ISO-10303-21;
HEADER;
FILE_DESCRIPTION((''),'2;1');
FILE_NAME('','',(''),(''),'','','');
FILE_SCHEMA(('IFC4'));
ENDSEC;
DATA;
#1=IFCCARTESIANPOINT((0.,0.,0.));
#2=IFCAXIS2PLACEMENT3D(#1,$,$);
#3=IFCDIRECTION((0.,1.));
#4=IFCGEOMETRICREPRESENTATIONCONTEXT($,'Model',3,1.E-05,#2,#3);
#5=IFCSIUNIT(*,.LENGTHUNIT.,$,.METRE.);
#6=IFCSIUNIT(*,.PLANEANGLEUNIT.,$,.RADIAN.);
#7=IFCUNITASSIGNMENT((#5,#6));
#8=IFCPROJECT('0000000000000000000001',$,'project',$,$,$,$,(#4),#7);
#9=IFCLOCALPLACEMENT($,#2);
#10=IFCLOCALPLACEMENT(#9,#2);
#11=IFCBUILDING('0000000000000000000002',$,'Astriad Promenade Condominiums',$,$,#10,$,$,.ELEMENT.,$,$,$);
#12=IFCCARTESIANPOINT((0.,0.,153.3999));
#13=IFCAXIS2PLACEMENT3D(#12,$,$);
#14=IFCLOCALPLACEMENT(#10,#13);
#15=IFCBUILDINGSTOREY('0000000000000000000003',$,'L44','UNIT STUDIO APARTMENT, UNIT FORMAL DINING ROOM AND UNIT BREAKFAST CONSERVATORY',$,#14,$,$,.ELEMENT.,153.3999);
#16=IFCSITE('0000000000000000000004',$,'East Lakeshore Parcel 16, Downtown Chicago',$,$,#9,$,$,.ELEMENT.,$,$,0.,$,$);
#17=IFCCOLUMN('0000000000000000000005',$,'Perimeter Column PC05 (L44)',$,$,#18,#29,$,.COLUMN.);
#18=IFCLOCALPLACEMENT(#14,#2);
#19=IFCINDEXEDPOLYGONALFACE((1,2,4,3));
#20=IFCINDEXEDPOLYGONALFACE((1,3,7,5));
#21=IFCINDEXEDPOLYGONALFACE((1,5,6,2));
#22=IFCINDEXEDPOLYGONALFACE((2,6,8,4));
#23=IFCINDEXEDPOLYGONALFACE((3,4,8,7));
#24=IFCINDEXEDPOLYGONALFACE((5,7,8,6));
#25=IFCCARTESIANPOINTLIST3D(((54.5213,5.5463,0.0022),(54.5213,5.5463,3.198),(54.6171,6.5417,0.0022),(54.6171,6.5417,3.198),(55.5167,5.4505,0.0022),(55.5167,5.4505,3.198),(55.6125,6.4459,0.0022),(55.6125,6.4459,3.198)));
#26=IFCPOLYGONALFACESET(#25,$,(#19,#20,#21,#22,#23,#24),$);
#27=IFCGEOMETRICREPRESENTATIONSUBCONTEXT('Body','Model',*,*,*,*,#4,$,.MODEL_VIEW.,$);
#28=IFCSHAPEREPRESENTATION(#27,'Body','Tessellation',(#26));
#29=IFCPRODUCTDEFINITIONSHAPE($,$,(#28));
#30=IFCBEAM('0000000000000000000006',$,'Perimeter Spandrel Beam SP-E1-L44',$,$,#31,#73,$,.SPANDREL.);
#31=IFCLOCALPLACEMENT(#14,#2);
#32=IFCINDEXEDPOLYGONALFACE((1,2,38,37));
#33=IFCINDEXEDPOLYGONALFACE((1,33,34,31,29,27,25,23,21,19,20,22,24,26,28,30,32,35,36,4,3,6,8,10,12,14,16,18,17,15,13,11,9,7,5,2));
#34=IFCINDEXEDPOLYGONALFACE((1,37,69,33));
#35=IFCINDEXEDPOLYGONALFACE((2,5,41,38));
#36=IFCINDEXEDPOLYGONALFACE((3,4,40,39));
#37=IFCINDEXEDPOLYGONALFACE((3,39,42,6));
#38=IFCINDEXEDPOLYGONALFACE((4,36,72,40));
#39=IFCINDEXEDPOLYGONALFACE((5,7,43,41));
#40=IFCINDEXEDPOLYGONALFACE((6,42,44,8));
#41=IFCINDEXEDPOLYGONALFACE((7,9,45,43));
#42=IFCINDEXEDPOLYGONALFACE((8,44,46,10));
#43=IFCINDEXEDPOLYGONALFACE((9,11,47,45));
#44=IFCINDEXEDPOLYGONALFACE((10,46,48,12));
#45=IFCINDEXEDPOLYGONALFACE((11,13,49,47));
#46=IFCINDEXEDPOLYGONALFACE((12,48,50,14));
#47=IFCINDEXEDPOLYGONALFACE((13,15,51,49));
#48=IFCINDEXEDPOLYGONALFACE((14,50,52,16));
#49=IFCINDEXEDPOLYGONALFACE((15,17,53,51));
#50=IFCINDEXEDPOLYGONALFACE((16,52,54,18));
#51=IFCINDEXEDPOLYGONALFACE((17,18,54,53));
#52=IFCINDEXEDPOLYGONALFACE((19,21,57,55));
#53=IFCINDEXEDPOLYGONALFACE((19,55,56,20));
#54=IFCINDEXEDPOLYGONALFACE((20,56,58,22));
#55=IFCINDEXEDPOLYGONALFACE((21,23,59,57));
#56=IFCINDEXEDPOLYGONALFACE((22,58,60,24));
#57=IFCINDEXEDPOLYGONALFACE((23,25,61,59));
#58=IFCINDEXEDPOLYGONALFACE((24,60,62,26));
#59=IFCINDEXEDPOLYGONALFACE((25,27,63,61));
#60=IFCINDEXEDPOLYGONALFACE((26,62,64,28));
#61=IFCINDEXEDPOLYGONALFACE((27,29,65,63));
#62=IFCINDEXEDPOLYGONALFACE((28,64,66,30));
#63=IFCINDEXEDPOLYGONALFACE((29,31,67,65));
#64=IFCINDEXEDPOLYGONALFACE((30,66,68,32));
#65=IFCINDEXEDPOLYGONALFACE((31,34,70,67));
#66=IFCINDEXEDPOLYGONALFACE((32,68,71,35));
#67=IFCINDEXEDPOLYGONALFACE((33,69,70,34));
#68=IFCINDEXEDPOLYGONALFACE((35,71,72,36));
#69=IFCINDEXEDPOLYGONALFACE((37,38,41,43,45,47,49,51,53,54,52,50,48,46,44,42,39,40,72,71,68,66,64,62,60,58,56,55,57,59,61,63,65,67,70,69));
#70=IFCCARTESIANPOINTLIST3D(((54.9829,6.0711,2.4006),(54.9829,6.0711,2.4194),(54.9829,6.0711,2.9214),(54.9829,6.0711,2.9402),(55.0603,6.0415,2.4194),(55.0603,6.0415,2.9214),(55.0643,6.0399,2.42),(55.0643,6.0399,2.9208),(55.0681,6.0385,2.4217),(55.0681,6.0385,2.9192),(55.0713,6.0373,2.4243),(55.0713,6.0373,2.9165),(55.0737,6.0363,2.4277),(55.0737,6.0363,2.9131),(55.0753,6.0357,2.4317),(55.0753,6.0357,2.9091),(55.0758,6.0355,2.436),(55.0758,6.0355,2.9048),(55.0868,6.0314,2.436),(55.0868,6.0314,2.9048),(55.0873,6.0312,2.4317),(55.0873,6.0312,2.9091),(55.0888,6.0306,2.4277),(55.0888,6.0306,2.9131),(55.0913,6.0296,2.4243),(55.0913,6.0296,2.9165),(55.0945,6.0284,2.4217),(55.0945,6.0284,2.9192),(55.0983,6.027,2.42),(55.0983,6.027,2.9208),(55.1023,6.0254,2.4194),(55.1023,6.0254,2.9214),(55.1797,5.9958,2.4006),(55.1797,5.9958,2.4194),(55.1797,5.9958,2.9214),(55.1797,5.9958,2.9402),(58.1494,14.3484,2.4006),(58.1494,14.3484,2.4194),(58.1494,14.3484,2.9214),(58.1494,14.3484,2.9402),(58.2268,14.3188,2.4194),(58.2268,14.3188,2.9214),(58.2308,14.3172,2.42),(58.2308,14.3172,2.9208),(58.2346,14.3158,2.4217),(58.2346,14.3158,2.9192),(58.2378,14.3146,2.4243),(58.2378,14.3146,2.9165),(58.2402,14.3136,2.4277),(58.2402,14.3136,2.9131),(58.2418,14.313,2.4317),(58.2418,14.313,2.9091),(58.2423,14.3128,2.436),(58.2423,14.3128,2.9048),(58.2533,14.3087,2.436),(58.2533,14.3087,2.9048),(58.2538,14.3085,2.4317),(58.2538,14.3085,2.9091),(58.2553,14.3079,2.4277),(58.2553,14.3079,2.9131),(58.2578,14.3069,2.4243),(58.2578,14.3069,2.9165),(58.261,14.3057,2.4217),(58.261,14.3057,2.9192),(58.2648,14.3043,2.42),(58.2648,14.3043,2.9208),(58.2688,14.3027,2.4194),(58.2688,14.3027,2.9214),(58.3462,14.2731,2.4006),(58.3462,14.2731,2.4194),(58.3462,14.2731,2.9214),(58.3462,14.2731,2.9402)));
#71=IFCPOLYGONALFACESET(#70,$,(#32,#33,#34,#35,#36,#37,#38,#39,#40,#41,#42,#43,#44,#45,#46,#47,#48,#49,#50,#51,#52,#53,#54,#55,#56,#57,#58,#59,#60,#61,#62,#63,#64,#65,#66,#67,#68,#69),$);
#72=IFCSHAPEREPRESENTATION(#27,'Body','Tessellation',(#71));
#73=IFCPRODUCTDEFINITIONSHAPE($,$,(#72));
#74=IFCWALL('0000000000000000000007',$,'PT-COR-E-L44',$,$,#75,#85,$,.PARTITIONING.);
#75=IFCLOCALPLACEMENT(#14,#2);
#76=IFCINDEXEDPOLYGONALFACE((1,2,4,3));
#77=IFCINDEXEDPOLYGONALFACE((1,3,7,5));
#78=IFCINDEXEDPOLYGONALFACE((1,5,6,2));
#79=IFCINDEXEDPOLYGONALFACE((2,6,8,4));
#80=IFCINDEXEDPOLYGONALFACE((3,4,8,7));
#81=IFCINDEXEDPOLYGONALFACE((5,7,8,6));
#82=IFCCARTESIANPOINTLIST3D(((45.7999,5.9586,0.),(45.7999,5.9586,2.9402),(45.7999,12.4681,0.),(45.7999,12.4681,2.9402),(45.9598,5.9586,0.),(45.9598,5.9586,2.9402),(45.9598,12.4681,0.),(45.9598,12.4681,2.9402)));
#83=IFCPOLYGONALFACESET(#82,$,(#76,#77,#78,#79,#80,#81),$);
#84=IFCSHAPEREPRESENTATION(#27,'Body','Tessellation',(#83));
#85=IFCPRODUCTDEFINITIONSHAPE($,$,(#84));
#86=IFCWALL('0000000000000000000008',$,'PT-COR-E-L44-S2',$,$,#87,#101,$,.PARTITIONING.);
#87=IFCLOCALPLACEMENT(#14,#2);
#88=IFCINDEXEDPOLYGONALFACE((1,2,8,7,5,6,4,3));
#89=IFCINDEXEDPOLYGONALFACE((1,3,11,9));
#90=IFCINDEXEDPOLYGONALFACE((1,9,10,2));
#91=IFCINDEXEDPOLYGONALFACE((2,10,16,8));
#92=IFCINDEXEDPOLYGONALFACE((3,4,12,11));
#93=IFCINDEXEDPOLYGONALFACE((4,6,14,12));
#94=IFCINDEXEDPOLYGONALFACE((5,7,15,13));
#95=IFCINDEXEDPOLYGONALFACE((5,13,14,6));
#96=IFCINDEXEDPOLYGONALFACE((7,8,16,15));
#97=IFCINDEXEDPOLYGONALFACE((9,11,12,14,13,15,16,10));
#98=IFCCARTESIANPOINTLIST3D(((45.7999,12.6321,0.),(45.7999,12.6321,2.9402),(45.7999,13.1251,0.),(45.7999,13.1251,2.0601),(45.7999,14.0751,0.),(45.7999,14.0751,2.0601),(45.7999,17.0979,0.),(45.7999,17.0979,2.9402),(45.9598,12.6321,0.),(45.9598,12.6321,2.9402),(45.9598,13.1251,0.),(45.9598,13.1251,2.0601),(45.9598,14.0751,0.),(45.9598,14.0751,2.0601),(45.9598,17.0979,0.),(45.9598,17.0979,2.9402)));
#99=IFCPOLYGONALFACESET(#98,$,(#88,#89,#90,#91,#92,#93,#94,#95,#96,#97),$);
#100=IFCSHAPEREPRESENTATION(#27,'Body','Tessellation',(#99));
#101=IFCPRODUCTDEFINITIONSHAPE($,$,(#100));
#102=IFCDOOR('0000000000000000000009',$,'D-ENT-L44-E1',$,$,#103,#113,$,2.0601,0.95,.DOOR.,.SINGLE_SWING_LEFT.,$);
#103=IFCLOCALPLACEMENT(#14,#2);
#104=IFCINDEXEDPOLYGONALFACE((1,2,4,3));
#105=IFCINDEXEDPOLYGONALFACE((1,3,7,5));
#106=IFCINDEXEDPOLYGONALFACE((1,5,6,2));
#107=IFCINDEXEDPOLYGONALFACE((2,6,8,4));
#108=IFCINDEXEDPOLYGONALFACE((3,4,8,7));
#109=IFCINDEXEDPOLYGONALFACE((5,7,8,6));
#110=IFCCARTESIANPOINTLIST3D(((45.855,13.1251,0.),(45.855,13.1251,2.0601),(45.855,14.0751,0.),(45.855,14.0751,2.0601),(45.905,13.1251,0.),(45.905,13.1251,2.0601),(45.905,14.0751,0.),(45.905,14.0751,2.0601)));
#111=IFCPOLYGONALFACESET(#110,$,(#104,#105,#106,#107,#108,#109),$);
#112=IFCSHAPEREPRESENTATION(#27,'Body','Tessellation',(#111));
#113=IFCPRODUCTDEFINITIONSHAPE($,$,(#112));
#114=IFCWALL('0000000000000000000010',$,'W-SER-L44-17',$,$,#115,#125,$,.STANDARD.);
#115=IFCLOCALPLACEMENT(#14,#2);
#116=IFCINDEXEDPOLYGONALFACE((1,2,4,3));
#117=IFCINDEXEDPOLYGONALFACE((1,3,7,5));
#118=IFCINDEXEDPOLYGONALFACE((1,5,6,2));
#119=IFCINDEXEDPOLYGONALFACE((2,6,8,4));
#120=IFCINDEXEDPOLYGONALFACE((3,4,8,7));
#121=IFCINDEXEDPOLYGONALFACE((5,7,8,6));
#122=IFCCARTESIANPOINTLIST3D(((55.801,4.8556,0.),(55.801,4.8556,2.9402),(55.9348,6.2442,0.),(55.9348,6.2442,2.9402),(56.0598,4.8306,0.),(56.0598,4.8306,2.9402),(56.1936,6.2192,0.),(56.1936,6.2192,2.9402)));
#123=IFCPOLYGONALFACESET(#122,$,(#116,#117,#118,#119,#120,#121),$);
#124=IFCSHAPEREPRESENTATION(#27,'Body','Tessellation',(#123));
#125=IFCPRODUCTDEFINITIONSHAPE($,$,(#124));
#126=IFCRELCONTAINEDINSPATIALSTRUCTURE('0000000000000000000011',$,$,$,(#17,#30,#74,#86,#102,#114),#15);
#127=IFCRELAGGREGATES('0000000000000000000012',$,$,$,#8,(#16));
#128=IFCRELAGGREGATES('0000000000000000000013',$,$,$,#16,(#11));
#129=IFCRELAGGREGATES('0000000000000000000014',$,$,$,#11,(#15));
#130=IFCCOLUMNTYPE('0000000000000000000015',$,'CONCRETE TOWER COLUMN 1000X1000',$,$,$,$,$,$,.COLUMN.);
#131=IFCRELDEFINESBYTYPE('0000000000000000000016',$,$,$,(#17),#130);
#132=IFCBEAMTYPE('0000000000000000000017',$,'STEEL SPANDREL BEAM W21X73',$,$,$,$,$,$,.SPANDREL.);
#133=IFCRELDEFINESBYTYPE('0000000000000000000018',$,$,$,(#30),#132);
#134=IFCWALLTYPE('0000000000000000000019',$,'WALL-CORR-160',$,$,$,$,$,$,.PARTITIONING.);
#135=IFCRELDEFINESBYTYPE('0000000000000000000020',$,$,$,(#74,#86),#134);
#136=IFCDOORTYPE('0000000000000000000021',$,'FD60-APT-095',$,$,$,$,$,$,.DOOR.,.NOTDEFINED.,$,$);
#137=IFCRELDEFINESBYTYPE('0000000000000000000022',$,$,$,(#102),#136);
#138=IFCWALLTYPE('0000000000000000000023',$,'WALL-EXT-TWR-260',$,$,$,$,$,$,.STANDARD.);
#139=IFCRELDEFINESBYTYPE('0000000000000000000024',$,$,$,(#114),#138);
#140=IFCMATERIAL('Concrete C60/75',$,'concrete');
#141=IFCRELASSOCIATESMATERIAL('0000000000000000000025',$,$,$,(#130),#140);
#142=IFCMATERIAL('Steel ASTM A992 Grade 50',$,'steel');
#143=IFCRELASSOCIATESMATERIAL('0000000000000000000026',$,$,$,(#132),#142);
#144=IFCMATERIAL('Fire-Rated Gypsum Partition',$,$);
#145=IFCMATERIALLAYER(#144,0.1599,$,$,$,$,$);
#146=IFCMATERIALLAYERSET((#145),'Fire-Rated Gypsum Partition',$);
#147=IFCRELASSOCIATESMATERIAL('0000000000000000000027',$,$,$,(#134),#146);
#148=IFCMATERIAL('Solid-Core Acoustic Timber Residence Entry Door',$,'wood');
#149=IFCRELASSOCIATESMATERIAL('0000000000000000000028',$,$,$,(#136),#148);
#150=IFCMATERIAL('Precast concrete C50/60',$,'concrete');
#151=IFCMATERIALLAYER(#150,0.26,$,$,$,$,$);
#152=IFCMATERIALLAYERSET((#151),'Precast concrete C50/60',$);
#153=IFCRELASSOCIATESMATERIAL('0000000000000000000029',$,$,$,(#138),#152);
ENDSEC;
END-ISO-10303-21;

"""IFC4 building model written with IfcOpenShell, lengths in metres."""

from ifc_helpers import new_model, si_unit, direction, frame, frame_2d, origin, origin_2d, place, context, subcontext, project, spatial, rectangle, i_section, extrude, source, transform, mapped, material, layer, layer_set, material_profile, profile_set, type_object, type_shapes, element, fill, save


model = new_model("IFC4")

# Units and contexts
model_context = context("Model", 3, precision=1e-05, world=origin(), true_north=direction((0.0, 1.0)))
body_context = subcontext(model_context, "Body", "Model", "MODEL_VIEW")
ifc_project = project(units=[si_unit("LENGTHUNIT", "METRE"), si_unit("PLANEANGLEUNIT", "RADIAN")], contexts=[model_context])

# Site, building, storey
site_placement = place(None, origin())
site = spatial("IfcSite", under=ifc_project, at=site_placement, Name="East Lakeshore Parcel 16, Downtown Chicago", CompositionType="ELEMENT", RefElevation=0.0)
building_placement = place(site_placement, origin())
building = spatial("IfcBuilding", under=site, at=building_placement, Name="Astriad Promenade Condominiums", CompositionType="ELEMENT")
storey_placement = place(building_placement, frame((0.0, 0.0, 153.3999)))
storey = spatial("IfcBuildingStorey", under=building, at=storey_placement, Name="L44", Description="UNIT STUDIO APARTMENT, UNIT FORMAL DINING ROOM AND UNIT BREAKFAST CONSERVATORY", CompositionType="ELEMENT", Elevation=153.3999)

# Column
ifc_material_1 = material(Name="Concrete C60/75", Category="concrete")
ifc_material_profile_1 = material_profile(ifc_material_1, rectangle(XDim=1.0, YDim=1.0, at=origin_2d()), Name="RC-COL-1000X1000")
ifc_profile_set_1 = profile_set([ifc_material_profile_1], Name="Concrete C60/75")
column_type = type_object("IfcColumnType", Name="CONCRETE TOWER COLUMN 1000X1000", PredefinedType="COLUMN", material=ifc_profile_set_1)
shared_shape_1 = source(origin(), body_context, "Body", "SweptSolid", [
    extrude(rectangle(XDim=1.0, YDim=1.0, at=origin_2d()), origin(), (0.0, 0.0, 1.0), 3.1958),
])
type_shapes(column_type, [shared_shape_1])
column_placement = place(storey_placement, frame((55.0669, 5.9961, 0.0022), z_axis=(0.0, 0.0, 1.0), x_axis=(0.995396, -0.095846, 0.0)))
element("IfcColumn", 1, at=column_placement, inside=storey, type_object=column_type, Name="Perimeter Column PC05 (L44)", PredefinedType="COLUMN", context=body_context, shape_type="MappedRepresentation", body=[
    mapped(shared_shape_1, transform((0.0, 0.0, 0.0), scale=1.0)),
])

# Beam
ifc_material_2 = material(Name="Steel ASTM A992 Grade 50", Category="steel")
ifc_material_profile_2 = material_profile(ifc_material_2, i_section(OverallWidth=0.2107, OverallDepth=0.5396, WebThickness=0.0117, FlangeThickness=0.0188, FilletRadius=0.0166, at=origin_2d()), Name="W21X73")
ifc_profile_set_2 = profile_set([ifc_material_profile_2], Name="Steel ASTM A992 Grade 50")
beam_type = type_object("IfcBeamType", Name="STEEL SPANDREL BEAM W21X73", PredefinedType="SPANDREL", material=ifc_profile_set_2)
shared_shape_2 = source(origin(), body_context, "Body", "SweptSolid", [
    extrude(i_section(OverallWidth=0.2107, OverallDepth=0.5396, WebThickness=0.0117, FlangeThickness=0.0188, FilletRadius=0.0166, at=origin_2d()), origin(), (0.0, 0.0, 1.0), 8.8623),
])
type_shapes(beam_type, [shared_shape_2])
beam_placement = place(storey_placement, frame((55.0813, 6.0334, 2.6704), z_axis=(0.357299, 0.93399, 0.0), x_axis=(-0.93399, 0.357299, 0.0)))
element("IfcBeam", 2, at=beam_placement, inside=storey, type_object=beam_type, Name="Perimeter Spandrel Beam SP-E1-L44", PredefinedType="SPANDREL", context=body_context, shape_type="MappedRepresentation", body=[
    mapped(shared_shape_2, transform((0.0, 0.0, 0.0), scale=1.0)),
])

# Wall
ifc_material_3 = material(Name="Fire-Rated Gypsum Partition")
ifc_layer_1 = layer(ifc_material_3, 0.1599)
ifc_layer_set_1 = layer_set([ifc_layer_1], Name="Fire-Rated Gypsum Partition")
wall_type_1 = type_object("IfcWallType", Name="WALL-CORR-160", PredefinedType="PARTITIONING", material=ifc_layer_set_1)
wall_1_placement = place(storey_placement, frame((45.8799, 5.9585, 0.0), z_axis=(0.0, 0.0, 1.0), x_axis=(0.0, 1.0, 0.0)))
element("IfcWall", 3, at=wall_1_placement, inside=storey, type_object=wall_type_1, Name="PT-COR-E-L44", PredefinedType="PARTITIONING", context=body_context, shape_type="SweptSolid", body=[
    extrude(rectangle(XDim=6.5095, YDim=0.1599, at=frame_2d((3.2549, 0.0))), origin(), (0.0, 0.0, 1.0), 2.9402),
])

# Wall, opening, door
wall_2_placement = place(storey_placement, frame((45.8799, 12.6321, 0.0), z_axis=(0.0, 0.0, 1.0), x_axis=(0.0, 1.0, 0.0)))
wall_2 = element("IfcWall", 4, at=wall_2_placement, inside=storey, type_object=wall_type_1, Name="PT-COR-E-L44-S2", PredefinedType="PARTITIONING", context=body_context, shape_type="SweptSolid", body=[
    extrude(rectangle(XDim=4.4658, YDim=0.1599, at=frame_2d((2.2329, 0.0))), origin(), (0.0, 0.0, 1.0), 2.9402),
])
opening_1_placement = place(wall_2_placement, frame((0.4929, 0.0, 0.0)))
opening_1 = element("IfcOpeningElement", 5, at=opening_1_placement, cuts=wall_2, PredefinedType="OPENING", context=body_context, shape_type="SweptSolid", body=[
    extrude(rectangle(XDim=0.95, YDim=2.0601, at=frame_2d((0.4751, 1.03))), frame((0.0, 0.0898, 0.0), z_axis=(0.0, -1.0, 0.0), x_axis=(1.0, 0.0, 0.0)), (0.0, 0.0, 1.0), 0.1799),
])
ifc_material_4 = material(Name="Solid-Core Acoustic Timber Residence Entry Door", Category="wood")
door_type_1 = type_object("IfcDoorType", Name="FD60-APT-095", OperationType="NOTDEFINED", PredefinedType="DOOR", material=ifc_material_4)
shared_shape_3 = source(origin(), body_context, "Body", "SweptSolid", [
    extrude(rectangle(XDim=0.95, YDim=2.0601, at=frame_2d((0.4751, 1.03))), frame((0.0, 0.0249, 0.0), z_axis=(0.0, -1.0, 0.0), x_axis=(1.0, 0.0, 0.0)), (0.0, 0.0, 1.0), 0.05),
])
type_shapes(door_type_1, [shared_shape_3])
door_1_placement = place(opening_1_placement, origin())
door_1 = element("IfcDoor", 6, at=door_1_placement, inside=storey, type_object=door_type_1, Name="D-ENT-L44-E1", OperationType="SINGLE_SWING_LEFT", OverallHeight=2.0601, OverallWidth=0.95, PredefinedType="DOOR", context=body_context, shape_type="MappedRepresentation", body=[
    mapped(shared_shape_3, transform((0.0, 0.0, 0.0), scale=1.0)),
])
fill(opening_1, door_1)

# Wall
ifc_material_5 = material(Name="Precast concrete C50/60", Category="concrete")
ifc_layer_2 = layer(ifc_material_5, 0.26)
ifc_layer_set_2 = layer_set([ifc_layer_2], Name="Precast concrete C50/60")
wall_type_2 = type_object("IfcWallType", Name="WALL-EXT-TWR-260", PredefinedType="STANDARD", material=ifc_layer_set_2)
wall_3_placement = place(storey_placement, frame((56.0642, 6.2317, 0.0), z_axis=(0.0, 0.0, 1.0), x_axis=(-0.095899, -0.995391, 0.0)))
element("IfcWall", 7, at=wall_3_placement, inside=storey, type_object=wall_type_2, Name="W-SER-L44-17", PredefinedType="STANDARD", context=body_context, shape_type="SweptSolid", body=[
    extrude(rectangle(XDim=1.395, YDim=0.26, at=frame_2d((0.6975, 0.0))), origin(), (0.0, 0.0, 1.0), 2.9402),
])

save(model, "model.ifc")
